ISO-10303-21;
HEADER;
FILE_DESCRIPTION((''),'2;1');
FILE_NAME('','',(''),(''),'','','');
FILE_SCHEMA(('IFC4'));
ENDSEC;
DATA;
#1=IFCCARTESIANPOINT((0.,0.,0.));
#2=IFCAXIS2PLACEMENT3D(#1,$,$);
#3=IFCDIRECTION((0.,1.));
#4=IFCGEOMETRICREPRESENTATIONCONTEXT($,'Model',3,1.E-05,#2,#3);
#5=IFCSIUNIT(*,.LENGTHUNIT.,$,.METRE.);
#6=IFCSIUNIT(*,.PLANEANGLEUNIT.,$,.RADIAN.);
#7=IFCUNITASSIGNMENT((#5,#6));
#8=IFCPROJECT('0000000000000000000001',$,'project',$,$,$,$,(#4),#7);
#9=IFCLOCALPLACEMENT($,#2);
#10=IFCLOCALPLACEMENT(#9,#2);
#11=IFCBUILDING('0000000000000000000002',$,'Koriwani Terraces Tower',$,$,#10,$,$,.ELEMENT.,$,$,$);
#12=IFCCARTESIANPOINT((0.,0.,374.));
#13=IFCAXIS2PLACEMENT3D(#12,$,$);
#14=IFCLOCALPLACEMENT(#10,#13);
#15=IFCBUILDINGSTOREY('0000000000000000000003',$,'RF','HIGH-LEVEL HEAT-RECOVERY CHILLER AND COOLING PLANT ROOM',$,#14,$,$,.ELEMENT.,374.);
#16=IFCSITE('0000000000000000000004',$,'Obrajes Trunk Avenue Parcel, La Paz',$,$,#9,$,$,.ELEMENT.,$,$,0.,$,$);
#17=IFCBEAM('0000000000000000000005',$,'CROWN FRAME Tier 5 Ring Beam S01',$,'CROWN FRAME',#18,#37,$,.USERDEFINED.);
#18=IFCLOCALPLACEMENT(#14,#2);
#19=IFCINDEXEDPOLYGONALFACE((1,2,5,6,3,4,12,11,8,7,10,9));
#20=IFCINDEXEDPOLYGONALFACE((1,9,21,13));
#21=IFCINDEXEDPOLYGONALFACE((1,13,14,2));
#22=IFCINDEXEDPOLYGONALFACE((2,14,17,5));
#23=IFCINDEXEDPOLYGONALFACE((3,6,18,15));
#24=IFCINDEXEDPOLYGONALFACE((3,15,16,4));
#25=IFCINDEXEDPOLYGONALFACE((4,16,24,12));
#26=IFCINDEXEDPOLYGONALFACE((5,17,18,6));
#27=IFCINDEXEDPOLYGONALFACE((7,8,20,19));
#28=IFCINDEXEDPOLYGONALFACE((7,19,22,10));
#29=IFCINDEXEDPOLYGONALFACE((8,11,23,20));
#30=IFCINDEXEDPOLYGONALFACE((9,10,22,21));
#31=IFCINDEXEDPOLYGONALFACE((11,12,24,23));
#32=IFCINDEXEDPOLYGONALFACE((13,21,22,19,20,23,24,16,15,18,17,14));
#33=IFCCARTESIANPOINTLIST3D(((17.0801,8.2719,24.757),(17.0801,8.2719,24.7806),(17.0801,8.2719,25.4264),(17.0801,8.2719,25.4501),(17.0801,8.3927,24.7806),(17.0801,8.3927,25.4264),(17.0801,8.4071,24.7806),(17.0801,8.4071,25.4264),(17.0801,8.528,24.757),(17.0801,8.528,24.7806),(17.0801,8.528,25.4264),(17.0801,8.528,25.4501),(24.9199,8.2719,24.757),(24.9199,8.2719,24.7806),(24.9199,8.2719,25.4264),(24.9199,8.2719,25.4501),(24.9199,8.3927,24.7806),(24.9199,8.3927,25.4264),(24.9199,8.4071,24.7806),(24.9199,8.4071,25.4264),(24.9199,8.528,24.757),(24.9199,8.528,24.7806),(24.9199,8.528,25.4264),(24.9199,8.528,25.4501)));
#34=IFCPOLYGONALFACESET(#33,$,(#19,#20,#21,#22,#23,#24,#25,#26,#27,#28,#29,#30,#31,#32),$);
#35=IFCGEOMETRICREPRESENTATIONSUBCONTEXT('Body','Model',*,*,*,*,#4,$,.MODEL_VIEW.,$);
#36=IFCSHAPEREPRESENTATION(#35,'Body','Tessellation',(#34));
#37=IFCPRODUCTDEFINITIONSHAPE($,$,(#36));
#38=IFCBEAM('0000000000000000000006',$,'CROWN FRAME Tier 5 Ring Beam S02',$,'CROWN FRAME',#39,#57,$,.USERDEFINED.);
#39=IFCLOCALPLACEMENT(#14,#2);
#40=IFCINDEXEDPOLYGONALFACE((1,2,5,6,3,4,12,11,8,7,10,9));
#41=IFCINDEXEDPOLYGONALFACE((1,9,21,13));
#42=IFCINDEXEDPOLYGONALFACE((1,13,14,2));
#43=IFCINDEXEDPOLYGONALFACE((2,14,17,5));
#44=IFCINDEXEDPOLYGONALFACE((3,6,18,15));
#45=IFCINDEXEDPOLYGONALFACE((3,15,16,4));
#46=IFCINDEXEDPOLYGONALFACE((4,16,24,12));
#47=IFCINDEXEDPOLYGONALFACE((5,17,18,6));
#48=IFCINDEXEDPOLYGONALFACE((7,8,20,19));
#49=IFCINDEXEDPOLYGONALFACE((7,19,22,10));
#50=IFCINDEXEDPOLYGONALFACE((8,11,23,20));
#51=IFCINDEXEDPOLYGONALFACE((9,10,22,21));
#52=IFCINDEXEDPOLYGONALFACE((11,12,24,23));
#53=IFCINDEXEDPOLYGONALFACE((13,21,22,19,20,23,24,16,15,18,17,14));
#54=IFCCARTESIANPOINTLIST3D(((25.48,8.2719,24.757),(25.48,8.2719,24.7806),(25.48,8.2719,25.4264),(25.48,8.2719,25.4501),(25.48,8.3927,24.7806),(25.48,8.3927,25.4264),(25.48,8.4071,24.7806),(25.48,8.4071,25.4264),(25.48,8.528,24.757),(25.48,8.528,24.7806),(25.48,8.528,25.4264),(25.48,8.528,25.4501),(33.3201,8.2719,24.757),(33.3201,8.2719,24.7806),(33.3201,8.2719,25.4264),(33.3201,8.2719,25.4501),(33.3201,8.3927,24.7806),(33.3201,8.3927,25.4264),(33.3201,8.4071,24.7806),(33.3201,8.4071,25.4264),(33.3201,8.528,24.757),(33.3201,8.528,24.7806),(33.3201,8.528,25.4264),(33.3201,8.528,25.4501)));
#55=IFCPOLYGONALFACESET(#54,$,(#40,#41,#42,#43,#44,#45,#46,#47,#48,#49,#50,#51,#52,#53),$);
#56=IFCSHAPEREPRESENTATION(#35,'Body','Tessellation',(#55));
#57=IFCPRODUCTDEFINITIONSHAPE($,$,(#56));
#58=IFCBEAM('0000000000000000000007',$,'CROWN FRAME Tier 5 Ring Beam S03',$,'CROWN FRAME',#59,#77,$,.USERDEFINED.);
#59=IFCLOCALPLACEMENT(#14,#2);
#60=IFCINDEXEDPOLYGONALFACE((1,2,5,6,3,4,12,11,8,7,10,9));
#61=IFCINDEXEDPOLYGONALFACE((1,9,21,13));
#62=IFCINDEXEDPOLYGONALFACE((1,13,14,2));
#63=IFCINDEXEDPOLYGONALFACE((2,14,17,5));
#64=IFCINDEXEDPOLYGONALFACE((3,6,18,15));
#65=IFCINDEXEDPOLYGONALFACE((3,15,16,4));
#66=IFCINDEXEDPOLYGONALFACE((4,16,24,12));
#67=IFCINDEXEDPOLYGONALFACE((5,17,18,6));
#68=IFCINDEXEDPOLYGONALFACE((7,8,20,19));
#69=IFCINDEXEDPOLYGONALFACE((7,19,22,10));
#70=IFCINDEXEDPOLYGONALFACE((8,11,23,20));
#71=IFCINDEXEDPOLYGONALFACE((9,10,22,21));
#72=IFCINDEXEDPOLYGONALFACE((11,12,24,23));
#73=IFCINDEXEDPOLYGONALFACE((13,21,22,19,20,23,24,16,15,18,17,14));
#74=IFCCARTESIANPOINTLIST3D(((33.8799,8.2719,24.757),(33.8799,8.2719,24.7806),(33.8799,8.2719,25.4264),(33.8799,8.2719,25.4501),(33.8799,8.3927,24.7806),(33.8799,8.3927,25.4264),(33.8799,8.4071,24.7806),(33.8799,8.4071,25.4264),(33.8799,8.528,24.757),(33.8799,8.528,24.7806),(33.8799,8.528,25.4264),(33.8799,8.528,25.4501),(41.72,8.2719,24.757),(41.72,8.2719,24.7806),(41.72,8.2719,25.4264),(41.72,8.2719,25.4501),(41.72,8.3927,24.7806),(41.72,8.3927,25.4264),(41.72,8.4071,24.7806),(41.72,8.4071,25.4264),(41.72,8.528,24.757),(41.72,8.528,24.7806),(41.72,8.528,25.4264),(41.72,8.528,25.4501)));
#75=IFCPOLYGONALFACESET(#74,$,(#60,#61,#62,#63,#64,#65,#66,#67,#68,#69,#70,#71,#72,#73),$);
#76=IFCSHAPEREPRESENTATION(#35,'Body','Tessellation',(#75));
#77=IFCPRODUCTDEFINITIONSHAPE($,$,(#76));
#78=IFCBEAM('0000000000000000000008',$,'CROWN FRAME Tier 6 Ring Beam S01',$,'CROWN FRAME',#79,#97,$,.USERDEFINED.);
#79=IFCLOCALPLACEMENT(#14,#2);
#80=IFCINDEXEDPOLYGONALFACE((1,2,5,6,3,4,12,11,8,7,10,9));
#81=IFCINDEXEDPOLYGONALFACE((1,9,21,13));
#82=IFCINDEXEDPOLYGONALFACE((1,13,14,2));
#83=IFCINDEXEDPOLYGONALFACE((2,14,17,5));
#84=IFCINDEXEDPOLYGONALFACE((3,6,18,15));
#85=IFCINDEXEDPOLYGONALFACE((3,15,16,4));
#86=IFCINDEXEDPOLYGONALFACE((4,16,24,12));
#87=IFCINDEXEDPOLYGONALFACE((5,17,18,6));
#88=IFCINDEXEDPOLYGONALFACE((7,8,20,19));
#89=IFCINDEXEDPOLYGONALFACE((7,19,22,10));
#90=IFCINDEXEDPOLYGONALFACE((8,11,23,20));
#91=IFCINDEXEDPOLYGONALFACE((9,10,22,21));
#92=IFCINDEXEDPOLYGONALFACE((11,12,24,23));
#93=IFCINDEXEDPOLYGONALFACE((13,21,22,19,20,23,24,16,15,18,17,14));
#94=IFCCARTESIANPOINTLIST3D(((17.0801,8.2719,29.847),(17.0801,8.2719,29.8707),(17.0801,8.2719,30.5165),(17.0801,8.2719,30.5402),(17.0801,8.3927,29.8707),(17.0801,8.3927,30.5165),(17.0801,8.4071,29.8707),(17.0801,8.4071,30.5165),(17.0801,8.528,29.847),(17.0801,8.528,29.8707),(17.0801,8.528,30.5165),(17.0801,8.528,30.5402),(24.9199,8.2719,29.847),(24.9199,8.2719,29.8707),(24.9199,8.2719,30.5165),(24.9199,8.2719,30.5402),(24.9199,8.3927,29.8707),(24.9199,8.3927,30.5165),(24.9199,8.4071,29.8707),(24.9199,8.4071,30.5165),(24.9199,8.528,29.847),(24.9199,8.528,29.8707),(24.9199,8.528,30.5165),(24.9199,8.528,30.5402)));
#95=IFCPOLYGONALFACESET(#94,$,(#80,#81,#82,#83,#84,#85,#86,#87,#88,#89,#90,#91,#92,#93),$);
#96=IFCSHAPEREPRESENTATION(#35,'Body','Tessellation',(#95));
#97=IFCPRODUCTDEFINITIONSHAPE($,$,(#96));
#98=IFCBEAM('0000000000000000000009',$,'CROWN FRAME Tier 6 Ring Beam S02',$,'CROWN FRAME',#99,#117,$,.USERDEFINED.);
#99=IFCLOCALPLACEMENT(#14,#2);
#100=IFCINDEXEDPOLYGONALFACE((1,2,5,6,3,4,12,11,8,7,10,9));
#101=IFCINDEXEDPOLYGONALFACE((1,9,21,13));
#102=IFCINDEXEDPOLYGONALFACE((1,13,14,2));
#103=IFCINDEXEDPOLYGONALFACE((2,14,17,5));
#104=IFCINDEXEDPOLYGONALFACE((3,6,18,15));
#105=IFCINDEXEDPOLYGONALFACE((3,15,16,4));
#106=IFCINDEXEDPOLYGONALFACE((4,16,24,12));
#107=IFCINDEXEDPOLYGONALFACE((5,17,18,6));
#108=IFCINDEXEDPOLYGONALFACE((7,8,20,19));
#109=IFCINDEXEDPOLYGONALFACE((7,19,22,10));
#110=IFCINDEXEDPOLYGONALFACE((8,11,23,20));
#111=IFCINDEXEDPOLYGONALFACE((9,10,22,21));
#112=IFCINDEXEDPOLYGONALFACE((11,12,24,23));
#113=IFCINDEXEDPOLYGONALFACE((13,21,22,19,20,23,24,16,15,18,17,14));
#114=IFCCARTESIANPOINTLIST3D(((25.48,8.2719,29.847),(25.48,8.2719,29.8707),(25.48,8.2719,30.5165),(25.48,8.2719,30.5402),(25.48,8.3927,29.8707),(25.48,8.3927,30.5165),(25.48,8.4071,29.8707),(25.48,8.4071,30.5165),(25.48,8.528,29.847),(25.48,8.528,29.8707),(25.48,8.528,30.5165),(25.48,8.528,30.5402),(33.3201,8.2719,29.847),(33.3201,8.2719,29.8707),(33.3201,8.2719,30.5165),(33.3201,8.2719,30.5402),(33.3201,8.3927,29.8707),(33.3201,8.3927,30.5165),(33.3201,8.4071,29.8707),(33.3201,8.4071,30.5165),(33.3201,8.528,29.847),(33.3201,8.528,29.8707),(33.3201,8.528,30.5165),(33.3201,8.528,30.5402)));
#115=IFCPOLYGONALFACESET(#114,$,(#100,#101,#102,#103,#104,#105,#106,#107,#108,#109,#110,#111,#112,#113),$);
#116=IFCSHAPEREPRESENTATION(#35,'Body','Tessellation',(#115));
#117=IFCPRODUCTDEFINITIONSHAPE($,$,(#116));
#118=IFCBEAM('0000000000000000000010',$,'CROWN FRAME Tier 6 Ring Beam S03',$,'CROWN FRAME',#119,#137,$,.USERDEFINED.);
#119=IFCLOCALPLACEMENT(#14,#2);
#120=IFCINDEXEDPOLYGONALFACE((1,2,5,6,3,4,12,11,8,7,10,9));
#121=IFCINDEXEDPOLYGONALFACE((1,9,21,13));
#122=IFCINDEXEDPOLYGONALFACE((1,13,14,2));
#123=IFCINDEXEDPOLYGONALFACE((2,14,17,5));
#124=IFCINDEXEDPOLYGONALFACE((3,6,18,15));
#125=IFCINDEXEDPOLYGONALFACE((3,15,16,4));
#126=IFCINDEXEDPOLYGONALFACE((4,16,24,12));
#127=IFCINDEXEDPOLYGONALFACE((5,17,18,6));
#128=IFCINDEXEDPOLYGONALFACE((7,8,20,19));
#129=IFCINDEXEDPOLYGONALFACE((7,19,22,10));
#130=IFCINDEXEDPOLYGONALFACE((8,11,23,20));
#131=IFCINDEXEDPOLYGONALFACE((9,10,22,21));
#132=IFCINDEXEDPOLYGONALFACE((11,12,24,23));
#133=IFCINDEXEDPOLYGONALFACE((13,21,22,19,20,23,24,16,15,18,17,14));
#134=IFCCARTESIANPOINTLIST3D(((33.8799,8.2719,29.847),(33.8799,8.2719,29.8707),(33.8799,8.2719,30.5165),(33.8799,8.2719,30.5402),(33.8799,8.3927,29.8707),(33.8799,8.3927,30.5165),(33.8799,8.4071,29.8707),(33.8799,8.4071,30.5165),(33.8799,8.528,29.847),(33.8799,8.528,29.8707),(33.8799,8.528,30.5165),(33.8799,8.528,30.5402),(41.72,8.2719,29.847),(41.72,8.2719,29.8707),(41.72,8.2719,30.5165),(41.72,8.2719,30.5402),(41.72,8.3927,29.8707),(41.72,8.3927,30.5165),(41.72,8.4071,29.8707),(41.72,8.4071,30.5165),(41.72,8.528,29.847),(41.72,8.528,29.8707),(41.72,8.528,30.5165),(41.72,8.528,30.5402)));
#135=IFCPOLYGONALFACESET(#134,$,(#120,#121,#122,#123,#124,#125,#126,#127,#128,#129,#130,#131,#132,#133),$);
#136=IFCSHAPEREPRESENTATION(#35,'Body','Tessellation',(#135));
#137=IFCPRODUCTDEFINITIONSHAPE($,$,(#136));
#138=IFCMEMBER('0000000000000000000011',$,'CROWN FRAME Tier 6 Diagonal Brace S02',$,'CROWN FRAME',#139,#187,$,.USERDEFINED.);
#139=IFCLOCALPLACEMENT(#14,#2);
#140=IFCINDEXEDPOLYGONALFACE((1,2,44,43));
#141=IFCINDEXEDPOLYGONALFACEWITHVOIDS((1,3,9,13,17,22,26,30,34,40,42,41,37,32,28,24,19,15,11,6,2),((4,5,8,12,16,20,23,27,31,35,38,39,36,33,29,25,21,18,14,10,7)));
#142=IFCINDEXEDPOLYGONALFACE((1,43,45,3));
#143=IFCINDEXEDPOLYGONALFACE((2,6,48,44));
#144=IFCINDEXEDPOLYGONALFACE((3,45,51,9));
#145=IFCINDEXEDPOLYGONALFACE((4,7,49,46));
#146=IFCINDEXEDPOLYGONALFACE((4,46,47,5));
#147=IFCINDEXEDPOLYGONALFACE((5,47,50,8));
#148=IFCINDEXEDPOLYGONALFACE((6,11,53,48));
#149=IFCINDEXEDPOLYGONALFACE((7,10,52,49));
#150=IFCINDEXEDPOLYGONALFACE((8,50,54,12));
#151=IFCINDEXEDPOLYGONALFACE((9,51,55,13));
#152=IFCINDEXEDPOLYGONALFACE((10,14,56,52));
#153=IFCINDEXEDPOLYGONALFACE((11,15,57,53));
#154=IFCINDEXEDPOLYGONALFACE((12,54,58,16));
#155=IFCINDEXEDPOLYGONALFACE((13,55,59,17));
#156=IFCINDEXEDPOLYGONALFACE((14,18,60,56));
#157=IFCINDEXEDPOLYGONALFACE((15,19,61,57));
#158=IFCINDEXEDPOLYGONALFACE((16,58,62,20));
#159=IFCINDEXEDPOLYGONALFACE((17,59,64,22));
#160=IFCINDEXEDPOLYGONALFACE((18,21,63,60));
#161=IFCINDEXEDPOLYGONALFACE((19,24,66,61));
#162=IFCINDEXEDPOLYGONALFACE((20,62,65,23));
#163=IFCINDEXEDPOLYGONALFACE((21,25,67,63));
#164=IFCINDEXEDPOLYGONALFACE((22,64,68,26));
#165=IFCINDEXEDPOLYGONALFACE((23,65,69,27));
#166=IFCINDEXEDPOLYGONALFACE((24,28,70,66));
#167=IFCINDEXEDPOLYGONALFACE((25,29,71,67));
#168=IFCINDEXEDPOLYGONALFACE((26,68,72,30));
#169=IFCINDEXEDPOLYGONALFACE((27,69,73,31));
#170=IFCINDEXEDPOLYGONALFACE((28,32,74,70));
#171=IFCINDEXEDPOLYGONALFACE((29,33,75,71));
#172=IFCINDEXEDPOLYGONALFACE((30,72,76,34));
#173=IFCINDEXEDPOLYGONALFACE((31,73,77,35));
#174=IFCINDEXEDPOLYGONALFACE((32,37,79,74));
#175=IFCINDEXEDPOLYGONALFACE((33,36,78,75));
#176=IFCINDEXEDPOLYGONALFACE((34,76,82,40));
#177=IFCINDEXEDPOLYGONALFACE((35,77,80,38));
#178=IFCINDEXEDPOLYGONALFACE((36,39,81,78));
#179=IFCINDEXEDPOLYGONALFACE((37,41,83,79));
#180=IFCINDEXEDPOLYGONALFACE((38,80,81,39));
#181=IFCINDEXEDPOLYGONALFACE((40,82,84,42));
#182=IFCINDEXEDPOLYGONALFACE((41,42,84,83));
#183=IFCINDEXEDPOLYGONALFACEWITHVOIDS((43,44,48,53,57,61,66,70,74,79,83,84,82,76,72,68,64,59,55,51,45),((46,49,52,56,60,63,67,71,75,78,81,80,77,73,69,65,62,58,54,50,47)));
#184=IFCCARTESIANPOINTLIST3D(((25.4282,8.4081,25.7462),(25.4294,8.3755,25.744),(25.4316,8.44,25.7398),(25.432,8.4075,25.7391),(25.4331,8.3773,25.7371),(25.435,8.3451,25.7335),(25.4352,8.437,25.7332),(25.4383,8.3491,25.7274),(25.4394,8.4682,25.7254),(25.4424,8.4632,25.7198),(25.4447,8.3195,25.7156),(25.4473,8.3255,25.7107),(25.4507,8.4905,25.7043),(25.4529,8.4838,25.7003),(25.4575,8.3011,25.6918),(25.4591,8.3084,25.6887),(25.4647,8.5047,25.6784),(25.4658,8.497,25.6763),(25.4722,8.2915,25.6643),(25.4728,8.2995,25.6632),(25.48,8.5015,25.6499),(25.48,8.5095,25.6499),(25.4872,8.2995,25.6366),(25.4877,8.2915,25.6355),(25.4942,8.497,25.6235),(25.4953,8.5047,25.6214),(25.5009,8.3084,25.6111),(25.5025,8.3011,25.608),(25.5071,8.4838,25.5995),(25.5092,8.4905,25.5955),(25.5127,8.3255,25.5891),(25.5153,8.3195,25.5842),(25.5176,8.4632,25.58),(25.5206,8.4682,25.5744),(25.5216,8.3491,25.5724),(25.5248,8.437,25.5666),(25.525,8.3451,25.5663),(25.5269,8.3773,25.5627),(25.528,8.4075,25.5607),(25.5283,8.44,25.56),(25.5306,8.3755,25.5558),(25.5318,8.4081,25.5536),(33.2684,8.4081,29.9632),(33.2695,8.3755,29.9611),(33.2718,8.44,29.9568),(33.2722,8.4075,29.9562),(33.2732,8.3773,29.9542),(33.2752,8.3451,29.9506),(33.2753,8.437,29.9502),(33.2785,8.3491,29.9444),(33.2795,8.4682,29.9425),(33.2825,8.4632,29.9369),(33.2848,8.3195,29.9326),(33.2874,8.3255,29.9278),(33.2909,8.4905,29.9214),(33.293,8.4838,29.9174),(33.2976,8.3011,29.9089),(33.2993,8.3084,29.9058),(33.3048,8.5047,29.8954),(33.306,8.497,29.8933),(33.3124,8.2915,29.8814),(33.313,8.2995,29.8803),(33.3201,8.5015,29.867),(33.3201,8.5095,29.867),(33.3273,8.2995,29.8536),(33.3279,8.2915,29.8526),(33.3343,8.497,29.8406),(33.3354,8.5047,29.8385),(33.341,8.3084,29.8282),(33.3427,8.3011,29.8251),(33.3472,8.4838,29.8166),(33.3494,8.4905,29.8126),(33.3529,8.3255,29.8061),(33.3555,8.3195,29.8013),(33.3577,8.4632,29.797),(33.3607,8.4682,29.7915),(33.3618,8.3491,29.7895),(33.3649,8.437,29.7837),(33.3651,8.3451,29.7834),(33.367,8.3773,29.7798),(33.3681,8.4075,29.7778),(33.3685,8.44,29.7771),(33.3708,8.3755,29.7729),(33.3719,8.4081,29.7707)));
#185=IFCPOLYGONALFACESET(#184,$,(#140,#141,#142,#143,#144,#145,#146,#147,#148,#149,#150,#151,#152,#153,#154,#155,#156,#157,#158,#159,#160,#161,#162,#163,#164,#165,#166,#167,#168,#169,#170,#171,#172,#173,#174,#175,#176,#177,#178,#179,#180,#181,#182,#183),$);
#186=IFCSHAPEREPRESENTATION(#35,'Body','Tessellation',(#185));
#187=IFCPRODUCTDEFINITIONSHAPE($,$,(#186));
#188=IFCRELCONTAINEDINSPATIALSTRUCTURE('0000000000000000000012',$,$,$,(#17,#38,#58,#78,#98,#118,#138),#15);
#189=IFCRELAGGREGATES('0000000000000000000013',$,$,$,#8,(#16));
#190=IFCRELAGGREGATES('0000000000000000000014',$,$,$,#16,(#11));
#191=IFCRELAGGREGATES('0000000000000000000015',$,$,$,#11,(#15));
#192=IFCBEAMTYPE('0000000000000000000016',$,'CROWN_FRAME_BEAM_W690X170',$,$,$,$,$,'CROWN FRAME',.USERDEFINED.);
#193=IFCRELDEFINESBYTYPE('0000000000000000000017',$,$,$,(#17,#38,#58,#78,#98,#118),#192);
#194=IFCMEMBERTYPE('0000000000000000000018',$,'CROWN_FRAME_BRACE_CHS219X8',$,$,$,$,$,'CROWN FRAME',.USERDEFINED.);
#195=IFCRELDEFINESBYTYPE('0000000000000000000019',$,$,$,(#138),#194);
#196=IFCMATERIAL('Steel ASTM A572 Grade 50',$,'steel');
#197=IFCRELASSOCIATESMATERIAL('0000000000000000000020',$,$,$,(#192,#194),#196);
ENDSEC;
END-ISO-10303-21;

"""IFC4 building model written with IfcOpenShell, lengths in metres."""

from ifc_helpers import new_model, si_unit, direction, frame, origin, origin_2d, place, context, subcontext, project, spatial, hollow_circle, i_section, extrude, material, material_profile, profile_set, type_object, element, save


model = new_model("IFC4")

# Units and contexts
model_context = context("Model", 3, precision=1e-05, world=origin(), true_north=direction((0.0, 1.0)))
body_context = subcontext(model_context, "Body", "Model", "MODEL_VIEW")
ifc_project = project(units=[si_unit("LENGTHUNIT", "METRE"), si_unit("PLANEANGLEUNIT", "RADIAN")], contexts=[model_context])

# Site, building, storey
site_placement = place(None, origin())
site = spatial("IfcSite", under=ifc_project, at=site_placement, Name="Obrajes Trunk Avenue Parcel, La Paz", CompositionType="ELEMENT", RefElevation=0.0)
building_placement = place(site_placement, origin())
building = spatial("IfcBuilding", under=site, at=building_placement, Name="Koriwani Terraces Tower", CompositionType="ELEMENT")
storey_placement = place(building_placement, frame((0.0, 0.0, 374.0)))
storey = spatial("IfcBuildingStorey", under=building, at=storey_placement, Name="RF", Description="HIGH-LEVEL HEAT-RECOVERY CHILLER AND COOLING PLANT ROOM", CompositionType="ELEMENT", Elevation=374.0)

# Shared definitions
ifc_material = material(Name="Steel ASTM A572 Grade 50", Category="steel")

# Beams
ifc_material_profile_1 = material_profile(ifc_material, i_section(OverallWidth=0.2561, OverallDepth=0.6931, WebThickness=0.0144, FlangeThickness=0.0237, at=origin_2d()), Name="Steel ASTM A572 Grade 50", Category="LoadBearing")
ifc_profile_set_1 = profile_set([ifc_material_profile_1], Name="Steel ASTM A572 Grade 50")
beam_type = type_object("IfcBeamType", Name="CROWN_FRAME_BEAM_W690X170", ElementType="CROWN FRAME", PredefinedType="USERDEFINED", material=ifc_profile_set_1)
beam_1_placement = place(storey_placement, frame((17.0801, 8.3999, 25.1035), z_axis=(1.0, 0.0, 0.0), x_axis=(0.0, 1.0, 0.0)))
element("IfcBeam", 1, at=beam_1_placement, inside=storey, type_object=beam_type, Name="CROWN FRAME Tier 5 Ring Beam S01", ObjectType="CROWN FRAME", PredefinedType="USERDEFINED", context=body_context, shape_type="SweptSolid", body=[
    extrude(i_section(OverallWidth=0.2561, OverallDepth=0.6931, WebThickness=0.0144, FlangeThickness=0.0237, at=origin_2d()), origin(), (0.0, 0.0, 1.0), 7.8398),
])
for number, where, z_axis, x_axis, name in (
    (2, (25.48, 8.3999, 25.1035), (1.0, 0.0, 0.0), (0.0, 1.0, 0.0), "CROWN FRAME Tier 5 Ring Beam S02"),
    (3, (33.8799, 8.3999, 25.1035), (1.0, 0.0, 0.0), (0.0, 1.0, 0.0), "CROWN FRAME Tier 5 Ring Beam S03"),
):
    element("IfcBeam", number, at=place(storey_placement, frame(where, z_axis=z_axis, x_axis=x_axis)), inside=storey, type_object=beam_type, Name=name, ObjectType="CROWN FRAME", PredefinedType="USERDEFINED", context=body_context, shape_type="SweptSolid", body=[
        extrude(i_section(OverallWidth=0.2561, OverallDepth=0.6931, WebThickness=0.0144, FlangeThickness=0.0237, at=origin_2d()), origin(), (0.0, 0.0, 1.0), 7.8401),
    ])
beam_2_placement = place(storey_placement, frame((17.0801, 8.3999, 30.1936), z_axis=(1.0, 0.0, 0.0), x_axis=(0.0, 1.0, 0.0)))
element("IfcBeam", 4, at=beam_2_placement, inside=storey, type_object=beam_type, Name="CROWN FRAME Tier 6 Ring Beam S01", ObjectType="CROWN FRAME", PredefinedType="USERDEFINED", context=body_context, shape_type="SweptSolid", body=[
    extrude(i_section(OverallWidth=0.2561, OverallDepth=0.6931, WebThickness=0.0144, FlangeThickness=0.0237, at=origin_2d()), origin(), (0.0, 0.0, 1.0), 7.8398),
])
for number, where, z_axis, x_axis, name in (
    (5, (25.48, 8.3999, 30.1936), (1.0, 0.0, 0.0), (0.0, 1.0, 0.0), "CROWN FRAME Tier 6 Ring Beam S02"),
    (6, (33.8799, 8.3999, 30.1936), (1.0, 0.0, 0.0), (0.0, 1.0, 0.0), "CROWN FRAME Tier 6 Ring Beam S03"),
):
    element("IfcBeam", number, at=place(storey_placement, frame(where, z_axis=z_axis, x_axis=x_axis)), inside=storey, type_object=beam_type, Name=name, ObjectType="CROWN FRAME", PredefinedType="USERDEFINED", context=body_context, shape_type="SweptSolid", body=[
        extrude(i_section(OverallWidth=0.2561, OverallDepth=0.6931, WebThickness=0.0144, FlangeThickness=0.0237, at=origin_2d()), origin(), (0.0, 0.0, 1.0), 7.8401),
    ])

# Member
ifc_material_profile_2 = material_profile(ifc_material, hollow_circle(Radius=0.1096, WallThickness=0.0081, at=origin_2d()), Name="Steel ASTM A572 Grade 50", Category="LoadBearing")
ifc_profile_set_2 = profile_set([ifc_material_profile_2], Name="Steel ASTM A572 Grade 50")
member_type_1 = type_object("IfcMemberType", Name="CROWN_FRAME_BRACE_CHS219X8", ElementType="CROWN FRAME", PredefinedType="USERDEFINED", material=ifc_profile_set_2)
member_1_placement = place(storey_placement, frame((25.48, 8.3999, 25.6499), z_axis=(0.880684, 0.0, 0.473704), x_axis=(0.0, 1.0, 0.0)))
element("IfcMember", 7, at=member_1_placement, inside=storey, type_object=member_type_1, Name="CROWN FRAME Tier 6 Diagonal Brace S02", ObjectType="CROWN FRAME", PredefinedType="USERDEFINED", context=body_context, shape_type="SweptSolid", body=[
    extrude(hollow_circle(Radius=0.1096, WallThickness=0.0081, at=origin_2d()), origin(), (0.0, 0.0, 1.0), 8.9023),
])

save(model, "model.ifc")
